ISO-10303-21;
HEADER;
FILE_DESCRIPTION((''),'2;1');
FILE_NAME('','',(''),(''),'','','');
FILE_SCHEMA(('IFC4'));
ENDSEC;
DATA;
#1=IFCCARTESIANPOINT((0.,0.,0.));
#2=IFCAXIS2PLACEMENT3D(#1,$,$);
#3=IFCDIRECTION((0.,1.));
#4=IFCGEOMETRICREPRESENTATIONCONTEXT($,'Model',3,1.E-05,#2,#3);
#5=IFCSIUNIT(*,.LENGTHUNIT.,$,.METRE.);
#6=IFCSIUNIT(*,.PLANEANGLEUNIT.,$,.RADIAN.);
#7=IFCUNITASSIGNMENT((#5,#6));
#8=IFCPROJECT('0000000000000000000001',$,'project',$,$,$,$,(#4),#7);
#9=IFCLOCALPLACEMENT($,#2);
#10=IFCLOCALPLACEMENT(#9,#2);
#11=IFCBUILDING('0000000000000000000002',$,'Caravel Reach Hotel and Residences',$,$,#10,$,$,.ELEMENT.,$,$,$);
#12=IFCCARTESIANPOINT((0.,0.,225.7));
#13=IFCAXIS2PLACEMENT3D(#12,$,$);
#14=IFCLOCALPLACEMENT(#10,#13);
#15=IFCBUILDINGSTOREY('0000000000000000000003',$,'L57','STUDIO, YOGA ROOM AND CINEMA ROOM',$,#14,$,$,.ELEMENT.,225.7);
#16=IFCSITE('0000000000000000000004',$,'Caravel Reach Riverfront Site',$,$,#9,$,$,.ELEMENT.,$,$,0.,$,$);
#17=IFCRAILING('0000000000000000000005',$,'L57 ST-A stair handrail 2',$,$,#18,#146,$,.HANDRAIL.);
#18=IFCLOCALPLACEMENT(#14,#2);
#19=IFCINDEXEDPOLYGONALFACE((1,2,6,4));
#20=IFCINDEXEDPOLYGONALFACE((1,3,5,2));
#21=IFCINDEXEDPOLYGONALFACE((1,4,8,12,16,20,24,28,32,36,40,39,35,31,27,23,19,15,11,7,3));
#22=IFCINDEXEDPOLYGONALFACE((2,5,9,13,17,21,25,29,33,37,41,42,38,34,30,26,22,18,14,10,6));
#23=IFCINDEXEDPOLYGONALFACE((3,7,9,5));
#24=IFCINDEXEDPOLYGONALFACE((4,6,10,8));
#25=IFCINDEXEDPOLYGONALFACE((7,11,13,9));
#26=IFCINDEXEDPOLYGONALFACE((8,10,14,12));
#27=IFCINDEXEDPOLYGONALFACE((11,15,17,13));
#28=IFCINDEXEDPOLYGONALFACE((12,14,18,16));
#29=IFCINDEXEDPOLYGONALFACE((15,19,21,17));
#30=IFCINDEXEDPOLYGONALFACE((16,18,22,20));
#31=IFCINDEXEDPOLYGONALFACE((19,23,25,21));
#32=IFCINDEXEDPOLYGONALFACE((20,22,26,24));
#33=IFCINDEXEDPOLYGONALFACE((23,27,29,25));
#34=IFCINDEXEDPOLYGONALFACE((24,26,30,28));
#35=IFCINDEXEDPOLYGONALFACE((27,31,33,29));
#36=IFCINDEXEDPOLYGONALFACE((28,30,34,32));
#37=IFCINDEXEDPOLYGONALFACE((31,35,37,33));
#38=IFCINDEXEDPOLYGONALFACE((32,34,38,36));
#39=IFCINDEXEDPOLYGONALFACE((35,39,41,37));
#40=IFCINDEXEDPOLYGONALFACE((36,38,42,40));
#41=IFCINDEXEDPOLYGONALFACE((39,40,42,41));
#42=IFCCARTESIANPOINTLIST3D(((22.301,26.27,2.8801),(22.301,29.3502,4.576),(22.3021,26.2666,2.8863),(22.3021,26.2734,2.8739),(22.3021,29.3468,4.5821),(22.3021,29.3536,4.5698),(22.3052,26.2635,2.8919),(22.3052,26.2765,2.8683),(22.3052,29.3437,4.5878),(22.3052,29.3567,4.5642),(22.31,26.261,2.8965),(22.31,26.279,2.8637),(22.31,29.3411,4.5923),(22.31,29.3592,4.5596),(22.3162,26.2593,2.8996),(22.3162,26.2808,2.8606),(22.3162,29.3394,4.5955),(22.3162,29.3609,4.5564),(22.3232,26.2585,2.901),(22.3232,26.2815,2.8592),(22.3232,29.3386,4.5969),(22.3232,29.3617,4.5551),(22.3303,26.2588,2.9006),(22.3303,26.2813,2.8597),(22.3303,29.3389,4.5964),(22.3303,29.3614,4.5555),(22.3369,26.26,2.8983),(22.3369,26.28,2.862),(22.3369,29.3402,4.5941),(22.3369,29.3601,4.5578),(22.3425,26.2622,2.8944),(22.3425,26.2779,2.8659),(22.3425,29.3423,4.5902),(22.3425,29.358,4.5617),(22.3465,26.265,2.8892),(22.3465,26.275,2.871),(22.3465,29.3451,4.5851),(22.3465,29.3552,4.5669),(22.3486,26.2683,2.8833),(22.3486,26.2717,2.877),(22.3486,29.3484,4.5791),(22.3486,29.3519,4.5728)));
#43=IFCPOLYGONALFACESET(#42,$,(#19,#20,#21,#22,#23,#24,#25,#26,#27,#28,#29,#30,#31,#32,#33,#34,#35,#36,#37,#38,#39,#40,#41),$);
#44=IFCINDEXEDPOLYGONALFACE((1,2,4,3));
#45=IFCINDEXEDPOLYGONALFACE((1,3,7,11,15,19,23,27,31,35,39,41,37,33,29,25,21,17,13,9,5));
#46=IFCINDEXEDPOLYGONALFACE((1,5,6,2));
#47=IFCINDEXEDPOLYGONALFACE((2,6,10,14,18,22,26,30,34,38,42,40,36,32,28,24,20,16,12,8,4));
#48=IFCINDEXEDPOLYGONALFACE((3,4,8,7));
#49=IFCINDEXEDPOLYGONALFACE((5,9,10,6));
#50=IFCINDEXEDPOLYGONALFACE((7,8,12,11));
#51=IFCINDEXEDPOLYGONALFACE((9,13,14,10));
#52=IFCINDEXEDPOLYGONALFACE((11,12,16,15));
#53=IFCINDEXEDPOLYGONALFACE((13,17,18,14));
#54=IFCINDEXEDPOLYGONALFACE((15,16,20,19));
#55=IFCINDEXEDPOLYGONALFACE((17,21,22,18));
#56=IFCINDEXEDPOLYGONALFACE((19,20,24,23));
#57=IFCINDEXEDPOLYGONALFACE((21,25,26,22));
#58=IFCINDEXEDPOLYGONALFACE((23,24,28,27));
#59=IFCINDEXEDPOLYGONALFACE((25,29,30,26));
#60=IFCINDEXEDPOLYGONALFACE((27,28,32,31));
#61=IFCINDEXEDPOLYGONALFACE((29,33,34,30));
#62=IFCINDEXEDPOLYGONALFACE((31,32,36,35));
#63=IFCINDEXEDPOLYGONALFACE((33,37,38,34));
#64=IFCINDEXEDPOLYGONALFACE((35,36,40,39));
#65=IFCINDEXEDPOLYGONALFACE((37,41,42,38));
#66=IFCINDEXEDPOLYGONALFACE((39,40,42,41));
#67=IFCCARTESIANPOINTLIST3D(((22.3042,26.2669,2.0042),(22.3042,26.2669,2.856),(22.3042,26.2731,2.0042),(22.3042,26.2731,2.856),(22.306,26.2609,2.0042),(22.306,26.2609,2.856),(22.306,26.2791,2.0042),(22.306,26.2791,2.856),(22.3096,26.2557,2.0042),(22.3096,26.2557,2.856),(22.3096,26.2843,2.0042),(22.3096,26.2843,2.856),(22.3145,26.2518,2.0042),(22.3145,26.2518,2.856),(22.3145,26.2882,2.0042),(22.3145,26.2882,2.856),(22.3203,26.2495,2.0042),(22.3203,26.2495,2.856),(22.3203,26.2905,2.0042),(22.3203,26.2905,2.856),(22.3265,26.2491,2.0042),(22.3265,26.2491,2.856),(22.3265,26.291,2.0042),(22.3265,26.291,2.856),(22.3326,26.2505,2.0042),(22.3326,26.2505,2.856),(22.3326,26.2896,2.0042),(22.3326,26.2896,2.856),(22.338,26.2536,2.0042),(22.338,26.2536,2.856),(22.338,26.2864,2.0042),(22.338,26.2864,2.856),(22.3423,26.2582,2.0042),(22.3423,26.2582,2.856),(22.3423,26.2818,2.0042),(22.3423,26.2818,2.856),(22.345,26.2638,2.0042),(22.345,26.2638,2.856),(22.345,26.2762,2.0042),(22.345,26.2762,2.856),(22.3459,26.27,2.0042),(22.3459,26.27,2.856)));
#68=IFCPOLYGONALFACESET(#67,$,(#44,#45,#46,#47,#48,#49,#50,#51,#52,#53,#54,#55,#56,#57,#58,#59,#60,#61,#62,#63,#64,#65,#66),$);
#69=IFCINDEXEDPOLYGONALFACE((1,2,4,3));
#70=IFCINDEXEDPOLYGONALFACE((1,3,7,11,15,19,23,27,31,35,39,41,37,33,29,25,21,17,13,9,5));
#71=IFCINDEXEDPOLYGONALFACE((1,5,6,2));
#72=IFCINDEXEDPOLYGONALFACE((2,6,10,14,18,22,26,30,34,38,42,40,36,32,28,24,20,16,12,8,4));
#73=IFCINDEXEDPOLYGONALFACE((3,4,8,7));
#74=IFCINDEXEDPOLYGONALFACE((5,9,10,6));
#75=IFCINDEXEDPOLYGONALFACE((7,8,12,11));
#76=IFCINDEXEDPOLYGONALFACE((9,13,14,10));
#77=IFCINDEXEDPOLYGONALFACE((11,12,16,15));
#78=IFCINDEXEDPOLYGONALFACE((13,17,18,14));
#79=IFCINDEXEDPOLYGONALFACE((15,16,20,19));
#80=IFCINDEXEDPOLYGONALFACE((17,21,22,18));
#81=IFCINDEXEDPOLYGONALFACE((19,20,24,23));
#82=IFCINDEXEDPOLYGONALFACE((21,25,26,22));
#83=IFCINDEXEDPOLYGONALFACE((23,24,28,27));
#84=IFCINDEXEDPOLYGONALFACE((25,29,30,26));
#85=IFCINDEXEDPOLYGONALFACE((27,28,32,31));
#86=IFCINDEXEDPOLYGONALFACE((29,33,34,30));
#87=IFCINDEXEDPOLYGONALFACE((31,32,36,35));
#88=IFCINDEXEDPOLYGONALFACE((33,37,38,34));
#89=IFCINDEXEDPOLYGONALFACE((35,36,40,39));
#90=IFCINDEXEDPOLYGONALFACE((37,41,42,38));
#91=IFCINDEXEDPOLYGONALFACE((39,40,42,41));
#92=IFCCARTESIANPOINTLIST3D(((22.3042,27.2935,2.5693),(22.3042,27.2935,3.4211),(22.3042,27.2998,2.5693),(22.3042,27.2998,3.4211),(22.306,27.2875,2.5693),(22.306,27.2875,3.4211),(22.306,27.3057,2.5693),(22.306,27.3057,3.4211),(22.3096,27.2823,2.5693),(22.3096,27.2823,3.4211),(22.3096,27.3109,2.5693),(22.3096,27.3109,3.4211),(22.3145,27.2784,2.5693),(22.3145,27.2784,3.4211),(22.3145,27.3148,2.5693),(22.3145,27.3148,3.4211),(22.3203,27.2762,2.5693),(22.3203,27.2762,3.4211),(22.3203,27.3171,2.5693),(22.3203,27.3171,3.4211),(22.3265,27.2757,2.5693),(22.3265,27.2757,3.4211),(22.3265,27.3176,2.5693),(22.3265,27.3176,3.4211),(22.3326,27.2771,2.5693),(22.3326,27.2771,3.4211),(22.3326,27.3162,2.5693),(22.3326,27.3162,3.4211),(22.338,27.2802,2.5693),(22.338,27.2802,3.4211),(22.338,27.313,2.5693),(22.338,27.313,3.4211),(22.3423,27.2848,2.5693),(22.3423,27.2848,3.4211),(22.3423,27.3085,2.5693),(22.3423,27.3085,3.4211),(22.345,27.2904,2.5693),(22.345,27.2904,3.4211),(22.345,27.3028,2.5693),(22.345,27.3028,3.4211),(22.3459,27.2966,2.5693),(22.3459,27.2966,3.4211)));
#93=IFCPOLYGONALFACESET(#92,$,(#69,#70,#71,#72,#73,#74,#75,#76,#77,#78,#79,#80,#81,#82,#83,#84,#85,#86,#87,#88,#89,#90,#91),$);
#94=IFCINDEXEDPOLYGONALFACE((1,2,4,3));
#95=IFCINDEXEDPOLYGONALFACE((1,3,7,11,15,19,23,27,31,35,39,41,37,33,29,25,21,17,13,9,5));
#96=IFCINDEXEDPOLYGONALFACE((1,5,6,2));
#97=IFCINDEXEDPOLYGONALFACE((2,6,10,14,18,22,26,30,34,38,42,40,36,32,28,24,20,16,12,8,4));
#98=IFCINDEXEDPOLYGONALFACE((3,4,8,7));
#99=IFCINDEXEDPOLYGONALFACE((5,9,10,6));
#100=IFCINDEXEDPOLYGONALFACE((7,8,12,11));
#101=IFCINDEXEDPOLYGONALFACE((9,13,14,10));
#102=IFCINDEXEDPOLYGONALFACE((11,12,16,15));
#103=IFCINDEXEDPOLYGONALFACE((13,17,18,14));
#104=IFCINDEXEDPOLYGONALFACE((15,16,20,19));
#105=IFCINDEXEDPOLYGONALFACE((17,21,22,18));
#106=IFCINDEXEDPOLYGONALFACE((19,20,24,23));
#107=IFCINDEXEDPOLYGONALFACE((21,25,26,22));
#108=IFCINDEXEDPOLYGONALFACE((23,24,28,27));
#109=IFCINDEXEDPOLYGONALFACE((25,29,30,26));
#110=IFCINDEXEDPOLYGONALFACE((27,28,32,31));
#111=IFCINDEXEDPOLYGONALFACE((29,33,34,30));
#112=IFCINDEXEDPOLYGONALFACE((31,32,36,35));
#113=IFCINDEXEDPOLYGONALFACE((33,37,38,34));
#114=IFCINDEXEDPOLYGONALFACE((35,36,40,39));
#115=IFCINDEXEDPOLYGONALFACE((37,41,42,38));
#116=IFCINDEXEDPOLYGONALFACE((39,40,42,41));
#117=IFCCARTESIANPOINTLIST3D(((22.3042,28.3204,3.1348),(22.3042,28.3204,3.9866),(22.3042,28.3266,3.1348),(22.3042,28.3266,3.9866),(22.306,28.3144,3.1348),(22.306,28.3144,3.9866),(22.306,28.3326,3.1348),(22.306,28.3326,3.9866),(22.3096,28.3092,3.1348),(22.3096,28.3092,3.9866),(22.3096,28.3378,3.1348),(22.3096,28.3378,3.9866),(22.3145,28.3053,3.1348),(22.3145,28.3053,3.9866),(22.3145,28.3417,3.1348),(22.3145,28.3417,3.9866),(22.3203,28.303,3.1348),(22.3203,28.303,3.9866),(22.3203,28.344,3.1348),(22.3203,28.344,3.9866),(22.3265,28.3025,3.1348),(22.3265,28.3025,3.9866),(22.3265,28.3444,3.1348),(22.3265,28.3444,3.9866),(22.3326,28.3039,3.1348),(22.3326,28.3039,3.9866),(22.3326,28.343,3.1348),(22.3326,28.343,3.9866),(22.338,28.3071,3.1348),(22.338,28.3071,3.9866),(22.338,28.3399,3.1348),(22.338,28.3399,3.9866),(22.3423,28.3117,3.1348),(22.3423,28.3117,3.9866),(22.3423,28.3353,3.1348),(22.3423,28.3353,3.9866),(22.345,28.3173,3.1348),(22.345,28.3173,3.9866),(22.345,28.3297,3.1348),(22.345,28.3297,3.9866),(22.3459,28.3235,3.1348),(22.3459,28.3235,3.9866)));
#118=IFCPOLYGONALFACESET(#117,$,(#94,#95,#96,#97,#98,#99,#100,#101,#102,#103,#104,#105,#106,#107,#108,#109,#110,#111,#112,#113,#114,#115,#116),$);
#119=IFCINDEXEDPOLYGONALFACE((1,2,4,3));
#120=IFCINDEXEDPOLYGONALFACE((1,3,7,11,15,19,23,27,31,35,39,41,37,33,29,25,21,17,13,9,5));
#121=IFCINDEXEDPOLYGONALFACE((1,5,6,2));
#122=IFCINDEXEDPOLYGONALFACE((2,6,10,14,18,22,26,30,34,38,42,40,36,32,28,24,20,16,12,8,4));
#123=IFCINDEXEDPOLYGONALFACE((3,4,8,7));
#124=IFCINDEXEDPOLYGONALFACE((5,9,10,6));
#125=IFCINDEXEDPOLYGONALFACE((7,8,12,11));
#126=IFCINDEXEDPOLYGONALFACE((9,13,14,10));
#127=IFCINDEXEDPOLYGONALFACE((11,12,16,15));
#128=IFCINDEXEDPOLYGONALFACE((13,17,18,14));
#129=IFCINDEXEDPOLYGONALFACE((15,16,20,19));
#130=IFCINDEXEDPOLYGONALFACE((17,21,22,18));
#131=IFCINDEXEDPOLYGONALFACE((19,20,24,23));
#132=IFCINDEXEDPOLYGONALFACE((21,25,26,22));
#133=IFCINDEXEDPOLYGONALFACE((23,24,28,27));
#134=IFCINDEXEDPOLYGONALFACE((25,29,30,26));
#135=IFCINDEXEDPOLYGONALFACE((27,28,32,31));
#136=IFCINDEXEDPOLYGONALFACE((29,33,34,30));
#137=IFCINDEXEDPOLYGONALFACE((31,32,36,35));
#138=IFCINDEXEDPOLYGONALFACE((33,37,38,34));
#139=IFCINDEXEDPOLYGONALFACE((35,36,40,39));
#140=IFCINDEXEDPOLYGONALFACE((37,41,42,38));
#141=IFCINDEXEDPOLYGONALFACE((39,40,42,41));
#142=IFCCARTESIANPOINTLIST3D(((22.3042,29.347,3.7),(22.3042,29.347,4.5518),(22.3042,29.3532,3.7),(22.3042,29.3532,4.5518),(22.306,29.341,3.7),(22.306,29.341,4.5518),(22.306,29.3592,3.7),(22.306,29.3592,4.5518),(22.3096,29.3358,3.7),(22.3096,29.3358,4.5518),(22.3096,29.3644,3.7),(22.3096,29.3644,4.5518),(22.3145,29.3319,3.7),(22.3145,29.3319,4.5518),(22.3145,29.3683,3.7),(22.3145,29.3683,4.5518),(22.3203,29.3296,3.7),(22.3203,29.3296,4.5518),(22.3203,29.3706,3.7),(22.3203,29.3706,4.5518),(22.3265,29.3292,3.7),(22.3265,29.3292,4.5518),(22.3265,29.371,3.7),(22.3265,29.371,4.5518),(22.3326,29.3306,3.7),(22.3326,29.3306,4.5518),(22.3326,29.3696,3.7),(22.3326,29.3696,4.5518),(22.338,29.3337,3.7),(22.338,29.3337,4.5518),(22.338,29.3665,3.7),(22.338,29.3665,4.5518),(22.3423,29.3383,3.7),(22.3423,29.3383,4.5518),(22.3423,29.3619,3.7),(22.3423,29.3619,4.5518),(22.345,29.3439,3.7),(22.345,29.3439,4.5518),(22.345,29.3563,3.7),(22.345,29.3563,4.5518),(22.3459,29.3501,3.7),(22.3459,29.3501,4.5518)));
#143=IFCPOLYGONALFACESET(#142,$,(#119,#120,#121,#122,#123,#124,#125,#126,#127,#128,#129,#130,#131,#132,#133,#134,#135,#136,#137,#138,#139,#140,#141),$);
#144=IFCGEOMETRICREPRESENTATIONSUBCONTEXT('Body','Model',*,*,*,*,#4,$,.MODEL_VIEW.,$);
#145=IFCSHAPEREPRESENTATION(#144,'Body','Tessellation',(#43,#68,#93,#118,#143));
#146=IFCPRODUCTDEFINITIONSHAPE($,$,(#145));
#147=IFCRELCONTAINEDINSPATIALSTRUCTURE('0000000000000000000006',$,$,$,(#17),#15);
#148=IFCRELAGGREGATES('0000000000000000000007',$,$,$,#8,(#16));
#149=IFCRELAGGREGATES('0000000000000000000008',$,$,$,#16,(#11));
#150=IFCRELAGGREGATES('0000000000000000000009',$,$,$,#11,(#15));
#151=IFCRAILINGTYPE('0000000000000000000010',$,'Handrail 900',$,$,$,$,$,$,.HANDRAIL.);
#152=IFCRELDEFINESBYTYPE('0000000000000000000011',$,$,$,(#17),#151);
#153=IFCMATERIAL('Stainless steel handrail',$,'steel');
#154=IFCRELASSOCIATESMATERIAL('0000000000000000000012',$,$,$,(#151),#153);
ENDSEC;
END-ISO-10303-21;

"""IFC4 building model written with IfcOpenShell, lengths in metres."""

from ifc_helpers import new_model, si_unit, direction, frame, origin, origin_2d, place, context, subcontext, project, spatial, circle, extrude, material, type_object, element, save


model = new_model("IFC4")

# Units and contexts
model_context = context("Model", 3, precision=1e-05, world=origin(), true_north=direction((0.0, 1.0)))
body_context = subcontext(model_context, "Body", "Model", "MODEL_VIEW")
ifc_project = project(units=[si_unit("LENGTHUNIT", "METRE"), si_unit("PLANEANGLEUNIT", "RADIAN")], contexts=[model_context])

# Site, building, storey
site_placement = place(None, origin())
site = spatial("IfcSite", under=ifc_project, at=site_placement, Name="Caravel Reach Riverfront Site", CompositionType="ELEMENT", RefElevation=0.0)
building_placement = place(site_placement, origin())
building = spatial("IfcBuilding", under=site, at=building_placement, Name="Caravel Reach Hotel and Residences", CompositionType="ELEMENT")
storey_placement = place(building_placement, frame((0.0, 0.0, 225.7)))
storey = spatial("IfcBuildingStorey", under=building, at=storey_placement, Name="L57", Description="STUDIO, YOGA ROOM AND CINEMA ROOM", CompositionType="ELEMENT", Elevation=225.7)

# Railing
ifc_material_1 = material(Name="Stainless steel handrail", Category="steel")
railing_type_1 = type_object("IfcRailingType", Name="Handrail 900", PredefinedType="HANDRAIL", material=ifc_material_1)
railing_1_placement = place(storey_placement, frame((22.325, 26.27, 2.0042)))
element("IfcRailing", 1, at=railing_1_placement, inside=storey, type_object=railing_type_1, Name="L57 ST-A stair handrail 2", PredefinedType="HANDRAIL", context=body_context, shape_type="SweptSolid", body=[
    extrude(circle(Radius=0.0239, at=origin_2d()), frame((0.0, 0.0, 0.876), z_axis=(0.0, 0.876005, 0.482303), x_axis=(-1.0, 0.0, 0.0)), (0.0, 0.0, 1.0), 3.5161),
    extrude(circle(Radius=0.021, at=origin_2d()), origin(), (0.0, 0.0, 1.0), 0.8518),
    extrude(circle(Radius=0.021, at=origin_2d()), frame((0.0, 1.0266, 0.5652)), (0.0, 0.0, 1.0), 0.8518),
    extrude(circle(Radius=0.021, at=origin_2d()), frame((0.0, 2.0535, 1.1306)), (0.0, 0.0, 1.0), 0.8518),
    extrude(circle(Radius=0.021, at=origin_2d()), frame((0.0, 3.0801, 1.6958)), (0.0, 0.0, 1.0), 0.8518),
])

save(model, "model.ifc")
